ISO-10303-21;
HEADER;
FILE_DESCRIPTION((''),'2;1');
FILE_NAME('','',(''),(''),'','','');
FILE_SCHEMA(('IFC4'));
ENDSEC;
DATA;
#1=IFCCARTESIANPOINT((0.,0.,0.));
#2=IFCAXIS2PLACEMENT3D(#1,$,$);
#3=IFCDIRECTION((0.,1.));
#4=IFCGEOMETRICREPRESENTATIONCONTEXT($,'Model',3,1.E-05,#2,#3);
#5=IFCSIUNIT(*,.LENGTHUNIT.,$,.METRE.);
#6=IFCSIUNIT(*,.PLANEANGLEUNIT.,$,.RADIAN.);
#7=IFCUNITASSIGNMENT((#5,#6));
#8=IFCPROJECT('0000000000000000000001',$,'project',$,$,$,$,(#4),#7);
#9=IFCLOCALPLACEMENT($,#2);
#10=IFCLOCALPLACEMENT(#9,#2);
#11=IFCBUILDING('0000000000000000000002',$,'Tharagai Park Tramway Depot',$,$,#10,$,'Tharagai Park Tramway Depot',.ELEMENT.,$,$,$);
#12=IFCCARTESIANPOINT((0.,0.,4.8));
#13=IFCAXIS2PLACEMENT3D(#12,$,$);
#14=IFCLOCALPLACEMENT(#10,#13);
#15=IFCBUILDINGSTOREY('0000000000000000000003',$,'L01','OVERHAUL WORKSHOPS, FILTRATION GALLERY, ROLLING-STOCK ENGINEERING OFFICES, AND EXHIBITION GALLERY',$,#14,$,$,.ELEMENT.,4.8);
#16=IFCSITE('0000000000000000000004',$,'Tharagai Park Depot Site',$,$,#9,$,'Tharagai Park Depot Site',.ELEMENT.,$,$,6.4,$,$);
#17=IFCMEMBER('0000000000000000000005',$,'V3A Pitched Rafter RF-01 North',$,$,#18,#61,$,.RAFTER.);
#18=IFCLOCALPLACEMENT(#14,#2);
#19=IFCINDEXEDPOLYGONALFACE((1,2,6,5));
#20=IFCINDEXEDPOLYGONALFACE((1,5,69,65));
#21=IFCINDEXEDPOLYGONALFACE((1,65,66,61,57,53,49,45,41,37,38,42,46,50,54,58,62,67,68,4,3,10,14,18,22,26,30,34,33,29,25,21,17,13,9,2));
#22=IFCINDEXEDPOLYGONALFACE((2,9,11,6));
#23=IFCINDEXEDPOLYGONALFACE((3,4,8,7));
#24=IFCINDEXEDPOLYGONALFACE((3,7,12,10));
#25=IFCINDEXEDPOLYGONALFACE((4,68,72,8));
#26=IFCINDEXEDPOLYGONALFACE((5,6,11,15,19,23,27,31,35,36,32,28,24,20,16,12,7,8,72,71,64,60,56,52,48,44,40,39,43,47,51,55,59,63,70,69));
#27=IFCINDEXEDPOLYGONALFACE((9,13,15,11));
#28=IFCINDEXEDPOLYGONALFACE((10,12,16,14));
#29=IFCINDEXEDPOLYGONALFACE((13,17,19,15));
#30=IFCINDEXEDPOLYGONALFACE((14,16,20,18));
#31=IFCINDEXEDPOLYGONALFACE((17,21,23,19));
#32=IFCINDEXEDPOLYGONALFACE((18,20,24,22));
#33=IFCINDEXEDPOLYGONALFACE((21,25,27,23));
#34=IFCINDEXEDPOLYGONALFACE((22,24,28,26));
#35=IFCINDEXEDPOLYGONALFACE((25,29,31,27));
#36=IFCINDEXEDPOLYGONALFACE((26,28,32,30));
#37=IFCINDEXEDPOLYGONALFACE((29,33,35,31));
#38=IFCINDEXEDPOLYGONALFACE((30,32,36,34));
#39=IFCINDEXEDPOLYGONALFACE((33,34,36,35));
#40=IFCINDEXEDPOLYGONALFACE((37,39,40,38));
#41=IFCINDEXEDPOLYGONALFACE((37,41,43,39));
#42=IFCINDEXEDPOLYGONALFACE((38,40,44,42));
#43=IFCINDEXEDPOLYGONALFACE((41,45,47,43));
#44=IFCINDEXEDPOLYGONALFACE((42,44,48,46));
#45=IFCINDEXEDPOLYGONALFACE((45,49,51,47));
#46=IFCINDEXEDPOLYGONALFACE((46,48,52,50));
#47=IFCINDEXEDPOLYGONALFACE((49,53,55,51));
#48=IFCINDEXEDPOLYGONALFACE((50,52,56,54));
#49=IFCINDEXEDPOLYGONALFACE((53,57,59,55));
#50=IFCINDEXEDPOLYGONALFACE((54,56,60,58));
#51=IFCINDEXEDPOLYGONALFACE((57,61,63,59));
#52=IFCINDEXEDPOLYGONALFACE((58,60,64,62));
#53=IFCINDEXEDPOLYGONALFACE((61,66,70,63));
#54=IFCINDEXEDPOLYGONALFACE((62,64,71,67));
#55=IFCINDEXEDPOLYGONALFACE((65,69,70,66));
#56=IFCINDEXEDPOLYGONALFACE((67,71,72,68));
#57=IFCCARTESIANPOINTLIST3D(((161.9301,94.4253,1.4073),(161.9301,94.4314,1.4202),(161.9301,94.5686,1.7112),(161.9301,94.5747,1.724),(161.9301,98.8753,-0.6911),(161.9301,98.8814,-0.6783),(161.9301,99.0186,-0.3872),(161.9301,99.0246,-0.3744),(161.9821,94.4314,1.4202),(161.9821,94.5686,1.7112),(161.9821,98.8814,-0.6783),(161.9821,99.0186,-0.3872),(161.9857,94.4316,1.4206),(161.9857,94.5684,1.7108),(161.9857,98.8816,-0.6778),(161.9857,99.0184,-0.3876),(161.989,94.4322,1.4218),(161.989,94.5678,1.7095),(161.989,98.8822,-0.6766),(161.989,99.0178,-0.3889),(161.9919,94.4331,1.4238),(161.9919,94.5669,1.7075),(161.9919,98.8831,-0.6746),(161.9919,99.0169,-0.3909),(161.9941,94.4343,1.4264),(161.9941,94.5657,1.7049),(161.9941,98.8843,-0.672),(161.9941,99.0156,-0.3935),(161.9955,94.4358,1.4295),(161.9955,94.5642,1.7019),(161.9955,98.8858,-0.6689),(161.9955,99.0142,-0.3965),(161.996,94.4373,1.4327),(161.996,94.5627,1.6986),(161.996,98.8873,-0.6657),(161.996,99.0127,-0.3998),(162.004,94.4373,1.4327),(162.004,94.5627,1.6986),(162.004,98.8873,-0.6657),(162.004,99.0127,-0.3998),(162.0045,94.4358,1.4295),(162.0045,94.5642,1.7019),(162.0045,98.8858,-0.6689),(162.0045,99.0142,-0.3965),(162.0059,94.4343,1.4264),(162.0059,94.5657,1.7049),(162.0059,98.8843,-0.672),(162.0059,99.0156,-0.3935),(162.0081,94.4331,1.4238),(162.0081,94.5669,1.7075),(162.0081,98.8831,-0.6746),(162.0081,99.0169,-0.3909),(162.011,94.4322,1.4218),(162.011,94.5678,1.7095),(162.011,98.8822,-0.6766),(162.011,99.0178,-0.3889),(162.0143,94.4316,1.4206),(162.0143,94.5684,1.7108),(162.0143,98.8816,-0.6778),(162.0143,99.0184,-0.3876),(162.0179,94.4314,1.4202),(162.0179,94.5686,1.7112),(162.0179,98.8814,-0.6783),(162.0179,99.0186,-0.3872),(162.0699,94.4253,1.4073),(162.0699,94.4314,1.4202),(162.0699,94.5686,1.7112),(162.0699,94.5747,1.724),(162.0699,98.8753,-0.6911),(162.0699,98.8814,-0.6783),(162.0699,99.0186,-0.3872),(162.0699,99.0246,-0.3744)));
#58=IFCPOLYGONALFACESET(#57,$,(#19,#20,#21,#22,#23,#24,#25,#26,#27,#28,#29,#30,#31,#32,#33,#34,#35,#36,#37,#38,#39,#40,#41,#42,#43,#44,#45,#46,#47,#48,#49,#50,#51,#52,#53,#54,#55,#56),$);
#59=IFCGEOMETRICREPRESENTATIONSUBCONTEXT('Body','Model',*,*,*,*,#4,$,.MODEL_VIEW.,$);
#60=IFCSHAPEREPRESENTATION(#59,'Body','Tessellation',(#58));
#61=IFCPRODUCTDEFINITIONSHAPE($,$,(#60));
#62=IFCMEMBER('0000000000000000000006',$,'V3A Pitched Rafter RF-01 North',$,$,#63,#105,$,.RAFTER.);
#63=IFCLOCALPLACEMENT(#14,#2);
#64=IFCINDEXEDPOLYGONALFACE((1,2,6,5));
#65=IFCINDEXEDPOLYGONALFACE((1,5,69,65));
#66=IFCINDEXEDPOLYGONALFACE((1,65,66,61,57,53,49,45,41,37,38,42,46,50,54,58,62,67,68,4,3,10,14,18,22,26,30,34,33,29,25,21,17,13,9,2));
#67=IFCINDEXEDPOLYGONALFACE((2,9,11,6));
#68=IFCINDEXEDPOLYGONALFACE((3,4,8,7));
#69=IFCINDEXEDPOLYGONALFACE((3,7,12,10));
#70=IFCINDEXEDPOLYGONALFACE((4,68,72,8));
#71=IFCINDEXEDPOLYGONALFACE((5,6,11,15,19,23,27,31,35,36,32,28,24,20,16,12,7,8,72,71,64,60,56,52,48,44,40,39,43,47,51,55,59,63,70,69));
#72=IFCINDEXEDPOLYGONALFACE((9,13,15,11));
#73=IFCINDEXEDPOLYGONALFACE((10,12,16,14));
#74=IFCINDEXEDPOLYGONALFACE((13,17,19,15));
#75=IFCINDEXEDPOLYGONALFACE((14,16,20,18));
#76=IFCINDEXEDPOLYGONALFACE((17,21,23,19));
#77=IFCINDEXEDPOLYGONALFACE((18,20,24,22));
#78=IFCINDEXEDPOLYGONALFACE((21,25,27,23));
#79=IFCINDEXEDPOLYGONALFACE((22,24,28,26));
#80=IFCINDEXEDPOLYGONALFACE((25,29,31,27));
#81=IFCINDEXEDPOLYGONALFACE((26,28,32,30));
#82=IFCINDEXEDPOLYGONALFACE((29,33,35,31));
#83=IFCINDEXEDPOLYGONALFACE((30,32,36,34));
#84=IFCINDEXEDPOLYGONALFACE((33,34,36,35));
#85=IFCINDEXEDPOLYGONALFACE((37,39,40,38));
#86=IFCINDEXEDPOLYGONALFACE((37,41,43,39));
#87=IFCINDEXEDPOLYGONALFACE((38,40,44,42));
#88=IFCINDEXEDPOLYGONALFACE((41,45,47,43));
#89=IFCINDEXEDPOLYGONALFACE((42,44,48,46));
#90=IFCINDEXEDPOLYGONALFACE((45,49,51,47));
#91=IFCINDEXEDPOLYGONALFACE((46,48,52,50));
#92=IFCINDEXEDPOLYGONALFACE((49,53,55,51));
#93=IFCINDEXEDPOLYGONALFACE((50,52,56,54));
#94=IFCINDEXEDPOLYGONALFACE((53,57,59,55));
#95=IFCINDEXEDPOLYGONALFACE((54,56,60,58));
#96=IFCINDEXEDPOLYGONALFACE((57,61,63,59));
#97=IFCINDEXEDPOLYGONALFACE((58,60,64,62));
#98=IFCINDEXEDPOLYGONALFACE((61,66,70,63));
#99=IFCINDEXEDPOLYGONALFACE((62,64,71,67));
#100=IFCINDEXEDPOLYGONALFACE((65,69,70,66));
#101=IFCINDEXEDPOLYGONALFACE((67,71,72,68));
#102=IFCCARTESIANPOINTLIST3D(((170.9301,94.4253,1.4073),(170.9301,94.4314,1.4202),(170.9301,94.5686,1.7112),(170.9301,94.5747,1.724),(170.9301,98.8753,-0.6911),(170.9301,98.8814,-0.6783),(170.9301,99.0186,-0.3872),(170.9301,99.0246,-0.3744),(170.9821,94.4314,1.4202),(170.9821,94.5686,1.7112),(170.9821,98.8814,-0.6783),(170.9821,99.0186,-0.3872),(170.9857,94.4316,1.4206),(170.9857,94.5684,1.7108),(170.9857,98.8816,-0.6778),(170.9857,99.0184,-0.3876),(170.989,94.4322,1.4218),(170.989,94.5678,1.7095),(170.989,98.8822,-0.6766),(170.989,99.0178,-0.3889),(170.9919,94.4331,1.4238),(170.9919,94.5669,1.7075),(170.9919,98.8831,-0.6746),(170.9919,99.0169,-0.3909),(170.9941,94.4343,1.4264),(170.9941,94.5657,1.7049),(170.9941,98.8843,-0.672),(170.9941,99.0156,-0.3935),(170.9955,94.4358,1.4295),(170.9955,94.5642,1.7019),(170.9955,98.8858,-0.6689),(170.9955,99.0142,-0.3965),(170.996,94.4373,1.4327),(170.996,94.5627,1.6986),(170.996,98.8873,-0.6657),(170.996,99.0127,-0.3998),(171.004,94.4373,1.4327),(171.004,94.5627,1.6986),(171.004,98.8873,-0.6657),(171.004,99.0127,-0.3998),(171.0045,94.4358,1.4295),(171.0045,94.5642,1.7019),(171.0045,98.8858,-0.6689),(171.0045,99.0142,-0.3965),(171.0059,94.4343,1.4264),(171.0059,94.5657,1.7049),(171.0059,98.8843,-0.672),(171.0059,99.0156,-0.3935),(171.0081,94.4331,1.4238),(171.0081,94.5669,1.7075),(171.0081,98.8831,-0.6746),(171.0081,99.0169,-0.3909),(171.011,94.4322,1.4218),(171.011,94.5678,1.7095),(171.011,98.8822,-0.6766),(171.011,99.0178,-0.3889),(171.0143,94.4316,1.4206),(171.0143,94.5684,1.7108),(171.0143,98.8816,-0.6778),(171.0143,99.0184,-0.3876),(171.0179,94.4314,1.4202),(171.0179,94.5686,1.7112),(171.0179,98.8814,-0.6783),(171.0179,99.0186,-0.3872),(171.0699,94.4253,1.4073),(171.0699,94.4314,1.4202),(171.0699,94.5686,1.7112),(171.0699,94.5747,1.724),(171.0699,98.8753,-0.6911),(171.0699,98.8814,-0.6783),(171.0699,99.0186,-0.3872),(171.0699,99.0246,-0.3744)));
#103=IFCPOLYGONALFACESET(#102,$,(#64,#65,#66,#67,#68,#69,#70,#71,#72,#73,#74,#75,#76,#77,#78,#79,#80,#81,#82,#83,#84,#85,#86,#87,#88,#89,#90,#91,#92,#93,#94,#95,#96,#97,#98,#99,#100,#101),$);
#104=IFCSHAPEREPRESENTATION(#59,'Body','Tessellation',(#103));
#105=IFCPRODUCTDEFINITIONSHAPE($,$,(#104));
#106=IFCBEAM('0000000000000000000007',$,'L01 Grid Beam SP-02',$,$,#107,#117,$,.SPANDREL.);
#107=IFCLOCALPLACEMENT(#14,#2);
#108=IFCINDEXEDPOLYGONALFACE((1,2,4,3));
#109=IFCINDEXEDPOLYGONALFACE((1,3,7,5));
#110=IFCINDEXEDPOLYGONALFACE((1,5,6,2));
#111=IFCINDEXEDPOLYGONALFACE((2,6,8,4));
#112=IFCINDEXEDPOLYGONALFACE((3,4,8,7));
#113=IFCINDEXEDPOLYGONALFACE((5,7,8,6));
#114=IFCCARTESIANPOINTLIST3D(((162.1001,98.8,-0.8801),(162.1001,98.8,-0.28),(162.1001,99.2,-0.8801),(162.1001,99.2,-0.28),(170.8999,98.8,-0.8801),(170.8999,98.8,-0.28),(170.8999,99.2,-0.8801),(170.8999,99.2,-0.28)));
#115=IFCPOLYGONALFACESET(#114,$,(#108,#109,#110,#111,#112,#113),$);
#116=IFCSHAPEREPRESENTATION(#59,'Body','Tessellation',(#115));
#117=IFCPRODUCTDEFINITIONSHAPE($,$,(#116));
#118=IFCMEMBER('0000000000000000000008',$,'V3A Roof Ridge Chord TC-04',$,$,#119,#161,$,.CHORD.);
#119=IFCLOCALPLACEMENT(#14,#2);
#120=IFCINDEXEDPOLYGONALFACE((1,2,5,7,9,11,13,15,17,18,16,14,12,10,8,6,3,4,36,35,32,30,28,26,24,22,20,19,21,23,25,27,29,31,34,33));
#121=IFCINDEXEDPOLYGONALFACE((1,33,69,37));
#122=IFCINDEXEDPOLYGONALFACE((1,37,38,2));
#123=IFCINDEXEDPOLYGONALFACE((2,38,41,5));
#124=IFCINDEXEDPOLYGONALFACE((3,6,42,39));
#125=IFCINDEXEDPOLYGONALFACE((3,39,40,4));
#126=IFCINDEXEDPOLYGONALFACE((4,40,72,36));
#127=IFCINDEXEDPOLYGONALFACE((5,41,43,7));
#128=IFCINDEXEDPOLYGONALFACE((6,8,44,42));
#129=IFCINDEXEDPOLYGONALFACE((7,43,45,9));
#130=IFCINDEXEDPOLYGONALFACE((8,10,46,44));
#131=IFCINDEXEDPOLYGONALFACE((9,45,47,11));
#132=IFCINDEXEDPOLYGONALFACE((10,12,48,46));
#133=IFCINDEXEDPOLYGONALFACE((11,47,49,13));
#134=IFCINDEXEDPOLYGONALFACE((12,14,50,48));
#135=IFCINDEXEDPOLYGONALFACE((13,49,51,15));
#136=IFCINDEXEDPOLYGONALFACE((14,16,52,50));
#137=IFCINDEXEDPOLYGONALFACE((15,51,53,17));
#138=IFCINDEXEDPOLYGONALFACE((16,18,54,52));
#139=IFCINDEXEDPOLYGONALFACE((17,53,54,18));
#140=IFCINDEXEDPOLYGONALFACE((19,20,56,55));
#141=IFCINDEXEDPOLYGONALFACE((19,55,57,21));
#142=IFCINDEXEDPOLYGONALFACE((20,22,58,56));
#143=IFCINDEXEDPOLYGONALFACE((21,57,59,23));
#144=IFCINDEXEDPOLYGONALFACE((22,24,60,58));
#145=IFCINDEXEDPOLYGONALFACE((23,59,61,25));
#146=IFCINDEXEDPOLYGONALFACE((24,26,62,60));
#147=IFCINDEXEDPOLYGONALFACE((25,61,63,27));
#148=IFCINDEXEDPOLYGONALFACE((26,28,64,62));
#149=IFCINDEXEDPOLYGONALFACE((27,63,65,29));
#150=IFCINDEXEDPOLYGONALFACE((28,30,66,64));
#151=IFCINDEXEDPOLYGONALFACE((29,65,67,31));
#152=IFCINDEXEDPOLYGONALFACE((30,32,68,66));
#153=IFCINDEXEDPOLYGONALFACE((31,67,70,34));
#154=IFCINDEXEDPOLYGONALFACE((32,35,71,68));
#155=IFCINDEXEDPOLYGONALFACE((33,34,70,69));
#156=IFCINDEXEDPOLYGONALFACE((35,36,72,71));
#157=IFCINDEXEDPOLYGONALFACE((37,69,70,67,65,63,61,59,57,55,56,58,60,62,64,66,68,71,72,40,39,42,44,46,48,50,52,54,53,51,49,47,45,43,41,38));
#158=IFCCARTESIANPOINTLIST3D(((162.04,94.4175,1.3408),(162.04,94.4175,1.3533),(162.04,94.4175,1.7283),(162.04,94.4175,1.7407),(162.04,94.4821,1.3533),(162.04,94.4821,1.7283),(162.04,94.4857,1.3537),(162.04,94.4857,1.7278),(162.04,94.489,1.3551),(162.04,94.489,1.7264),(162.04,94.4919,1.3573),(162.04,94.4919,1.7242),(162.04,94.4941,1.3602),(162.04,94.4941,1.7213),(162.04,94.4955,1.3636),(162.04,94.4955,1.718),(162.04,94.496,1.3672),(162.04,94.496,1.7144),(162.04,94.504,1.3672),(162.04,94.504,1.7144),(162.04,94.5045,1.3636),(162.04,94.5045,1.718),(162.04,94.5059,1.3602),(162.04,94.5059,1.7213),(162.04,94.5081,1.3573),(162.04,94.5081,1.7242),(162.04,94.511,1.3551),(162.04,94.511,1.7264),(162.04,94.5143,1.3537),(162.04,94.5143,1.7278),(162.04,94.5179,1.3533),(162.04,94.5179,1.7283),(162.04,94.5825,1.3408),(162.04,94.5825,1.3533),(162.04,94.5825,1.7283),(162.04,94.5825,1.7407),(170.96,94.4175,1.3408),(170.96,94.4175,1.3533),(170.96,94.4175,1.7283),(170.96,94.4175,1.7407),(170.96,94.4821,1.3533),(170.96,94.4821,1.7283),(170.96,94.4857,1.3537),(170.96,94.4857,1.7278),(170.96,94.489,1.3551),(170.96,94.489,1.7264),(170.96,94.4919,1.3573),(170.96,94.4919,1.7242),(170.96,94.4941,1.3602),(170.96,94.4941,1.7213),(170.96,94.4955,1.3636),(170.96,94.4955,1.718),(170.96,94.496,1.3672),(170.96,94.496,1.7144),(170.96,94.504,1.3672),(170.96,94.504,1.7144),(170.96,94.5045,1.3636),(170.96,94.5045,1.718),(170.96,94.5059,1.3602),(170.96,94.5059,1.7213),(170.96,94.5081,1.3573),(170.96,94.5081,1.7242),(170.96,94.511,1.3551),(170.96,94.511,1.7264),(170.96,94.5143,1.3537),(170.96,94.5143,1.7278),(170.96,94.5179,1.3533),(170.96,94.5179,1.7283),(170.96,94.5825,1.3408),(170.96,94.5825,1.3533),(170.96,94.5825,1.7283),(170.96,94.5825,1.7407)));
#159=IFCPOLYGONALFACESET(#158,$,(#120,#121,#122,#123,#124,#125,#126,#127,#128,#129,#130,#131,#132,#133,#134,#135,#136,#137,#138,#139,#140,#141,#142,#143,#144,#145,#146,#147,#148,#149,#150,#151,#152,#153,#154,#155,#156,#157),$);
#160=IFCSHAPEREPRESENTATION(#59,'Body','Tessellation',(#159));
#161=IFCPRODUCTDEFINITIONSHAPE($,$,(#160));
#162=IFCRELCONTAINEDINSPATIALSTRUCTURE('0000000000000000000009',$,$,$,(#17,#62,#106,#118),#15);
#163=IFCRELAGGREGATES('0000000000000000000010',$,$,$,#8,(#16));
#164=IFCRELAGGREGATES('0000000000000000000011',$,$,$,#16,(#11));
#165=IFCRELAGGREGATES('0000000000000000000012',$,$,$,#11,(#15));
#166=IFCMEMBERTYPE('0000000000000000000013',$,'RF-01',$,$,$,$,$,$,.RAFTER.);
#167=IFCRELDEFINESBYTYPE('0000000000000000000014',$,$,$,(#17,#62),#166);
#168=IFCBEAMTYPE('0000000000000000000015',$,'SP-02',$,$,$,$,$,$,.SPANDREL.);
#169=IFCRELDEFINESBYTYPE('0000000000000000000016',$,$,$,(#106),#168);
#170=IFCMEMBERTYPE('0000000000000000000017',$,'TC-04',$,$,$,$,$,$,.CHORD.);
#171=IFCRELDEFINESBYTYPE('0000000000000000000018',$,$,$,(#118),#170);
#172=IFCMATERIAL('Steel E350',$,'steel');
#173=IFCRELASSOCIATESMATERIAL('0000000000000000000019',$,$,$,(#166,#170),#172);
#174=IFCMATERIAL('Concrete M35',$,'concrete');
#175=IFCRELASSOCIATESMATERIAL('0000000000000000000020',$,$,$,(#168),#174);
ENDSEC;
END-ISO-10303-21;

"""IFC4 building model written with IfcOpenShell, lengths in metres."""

from ifc_helpers import new_model, si_unit, direction, frame, origin, origin_2d, place, context, subcontext, project, spatial, rectangle, i_section, extrude, material, material_profile, profile_set, type_object, element, save


model = new_model("IFC4")

# Units and contexts
model_context = context("Model", 3, precision=1e-05, world=origin(), true_north=direction((0.0, 1.0)))
body_context = subcontext(model_context, "Body", "Model", "MODEL_VIEW")
ifc_project = project(units=[si_unit("LENGTHUNIT", "METRE"), si_unit("PLANEANGLEUNIT", "RADIAN")], contexts=[model_context])

# Site, building, storey
site_placement = place(None, origin())
site = spatial("IfcSite", under=ifc_project, at=site_placement, Name="Tharagai Park Depot Site", LongName="Tharagai Park Depot Site", CompositionType="ELEMENT", RefElevation=6.4)
building_placement = place(site_placement, origin())
building = spatial("IfcBuilding", under=site, at=building_placement, Name="Tharagai Park Tramway Depot", LongName="Tharagai Park Tramway Depot", CompositionType="ELEMENT")
storey_placement = place(building_placement, frame((0.0, 0.0, 4.8)))
storey = spatial("IfcBuildingStorey", under=building, at=storey_placement, Name="L01", Description="OVERHAUL WORKSHOPS, FILTRATION GALLERY, ROLLING-STOCK ENGINEERING OFFICES, AND EXHIBITION GALLERY", CompositionType="ELEMENT", Elevation=4.8)

# Shared definitions
ifc_material_1 = material(Name="Steel E350", Category="steel")

# Members
ifc_material_profile_1 = material_profile(ifc_material_1, i_section(OverallWidth=0.1399, OverallDepth=0.3501, WebThickness=0.0081, FlangeThickness=0.0142, FilletRadius=0.0139, at=origin_2d()), Name="ISMB 350")
ifc_profile_set_1 = profile_set([ifc_material_profile_1], Name="Steel E350")
member_type_1 = type_object("IfcMemberType", Name="RF-01", PredefinedType="RAFTER", material=ifc_profile_set_1)
for number, where, z_axis, x_axis, name in (
    (1, (162.0, 94.5, 1.5657), (0.0, 0.904482, -0.426511), (-1.0, 0.0, 0.0), "V3A Pitched Rafter RF-01 North"),
    (2, (171.0, 94.5, 1.5657), (0.0, 0.904482, -0.426511), (-1.0, 0.0, 0.0), "V3A Pitched Rafter RF-01 North"),
):
    element("IfcMember", number, at=place(storey_placement, frame(where, z_axis=z_axis, x_axis=x_axis)), inside=storey, type_object=member_type_1, Name=name, PredefinedType="RAFTER", context=body_context, shape_type="SweptSolid", body=[
        extrude(i_section(OverallWidth=0.1399, OverallDepth=0.3501, WebThickness=0.0081, FlangeThickness=0.0142, FilletRadius=0.0139, at=origin_2d()), origin(), (0.0, 0.0, 1.0), 4.9199),
    ])

# Beam
ifc_material_2 = material(Name="Concrete M35", Category="concrete")
ifc_material_profile_2 = material_profile(ifc_material_2, rectangle(XDim=0.3999, YDim=0.6001, at=origin_2d()), Name="RC 400x600")
ifc_profile_set_2 = profile_set([ifc_material_profile_2], Name="Concrete M35")
beam_type = type_object("IfcBeamType", Name="SP-02", PredefinedType="SPANDREL", material=ifc_profile_set_2)
beam_placement = place(storey_placement, frame((162.1001, 99.0, -0.5801), z_axis=(1.0, 0.0, 0.0), x_axis=(0.0, 1.0, 0.0)))
element("IfcBeam", 3, at=beam_placement, inside=storey, type_object=beam_type, Name="L01 Grid Beam SP-02", PredefinedType="SPANDREL", context=body_context, shape_type="SweptSolid", body=[
    extrude(rectangle(XDim=0.3999, YDim=0.6001, at=origin_2d()), origin(), (0.0, 0.0, 1.0), 8.7998),
])

# Member
ifc_material_profile_3 = material_profile(ifc_material_1, i_section(OverallWidth=0.165, OverallDepth=0.3999, WebThickness=0.0081, FlangeThickness=0.0125, FilletRadius=0.0139, at=origin_2d()), Name="ISLB 400")
ifc_profile_set_3 = profile_set([ifc_material_profile_3], Name="Steel E350")
member_type_2 = type_object("IfcMemberType", Name="TC-04", PredefinedType="CHORD", material=ifc_profile_set_3)
for number, where, z_axis, x_axis, name in (
    (4, (162.04, 94.5, 1.5408), (1.0, 0.0, 0.0), (0.0, 1.0, 0.0), "V3A Roof Ridge Chord TC-04"),
):
    element("IfcMember", number, at=place(storey_placement, frame(where, z_axis=z_axis, x_axis=x_axis)), inside=storey, type_object=member_type_2, Name=name, PredefinedType="CHORD", context=body_context, shape_type="SweptSolid", body=[
        extrude(i_section(OverallWidth=0.165, OverallDepth=0.3999, WebThickness=0.0081, FlangeThickness=0.0125, FilletRadius=0.0139, at=origin_2d()), origin(), (0.0, 0.0, 1.0), 8.9199),
    ])

save(model, "model.ifc")
